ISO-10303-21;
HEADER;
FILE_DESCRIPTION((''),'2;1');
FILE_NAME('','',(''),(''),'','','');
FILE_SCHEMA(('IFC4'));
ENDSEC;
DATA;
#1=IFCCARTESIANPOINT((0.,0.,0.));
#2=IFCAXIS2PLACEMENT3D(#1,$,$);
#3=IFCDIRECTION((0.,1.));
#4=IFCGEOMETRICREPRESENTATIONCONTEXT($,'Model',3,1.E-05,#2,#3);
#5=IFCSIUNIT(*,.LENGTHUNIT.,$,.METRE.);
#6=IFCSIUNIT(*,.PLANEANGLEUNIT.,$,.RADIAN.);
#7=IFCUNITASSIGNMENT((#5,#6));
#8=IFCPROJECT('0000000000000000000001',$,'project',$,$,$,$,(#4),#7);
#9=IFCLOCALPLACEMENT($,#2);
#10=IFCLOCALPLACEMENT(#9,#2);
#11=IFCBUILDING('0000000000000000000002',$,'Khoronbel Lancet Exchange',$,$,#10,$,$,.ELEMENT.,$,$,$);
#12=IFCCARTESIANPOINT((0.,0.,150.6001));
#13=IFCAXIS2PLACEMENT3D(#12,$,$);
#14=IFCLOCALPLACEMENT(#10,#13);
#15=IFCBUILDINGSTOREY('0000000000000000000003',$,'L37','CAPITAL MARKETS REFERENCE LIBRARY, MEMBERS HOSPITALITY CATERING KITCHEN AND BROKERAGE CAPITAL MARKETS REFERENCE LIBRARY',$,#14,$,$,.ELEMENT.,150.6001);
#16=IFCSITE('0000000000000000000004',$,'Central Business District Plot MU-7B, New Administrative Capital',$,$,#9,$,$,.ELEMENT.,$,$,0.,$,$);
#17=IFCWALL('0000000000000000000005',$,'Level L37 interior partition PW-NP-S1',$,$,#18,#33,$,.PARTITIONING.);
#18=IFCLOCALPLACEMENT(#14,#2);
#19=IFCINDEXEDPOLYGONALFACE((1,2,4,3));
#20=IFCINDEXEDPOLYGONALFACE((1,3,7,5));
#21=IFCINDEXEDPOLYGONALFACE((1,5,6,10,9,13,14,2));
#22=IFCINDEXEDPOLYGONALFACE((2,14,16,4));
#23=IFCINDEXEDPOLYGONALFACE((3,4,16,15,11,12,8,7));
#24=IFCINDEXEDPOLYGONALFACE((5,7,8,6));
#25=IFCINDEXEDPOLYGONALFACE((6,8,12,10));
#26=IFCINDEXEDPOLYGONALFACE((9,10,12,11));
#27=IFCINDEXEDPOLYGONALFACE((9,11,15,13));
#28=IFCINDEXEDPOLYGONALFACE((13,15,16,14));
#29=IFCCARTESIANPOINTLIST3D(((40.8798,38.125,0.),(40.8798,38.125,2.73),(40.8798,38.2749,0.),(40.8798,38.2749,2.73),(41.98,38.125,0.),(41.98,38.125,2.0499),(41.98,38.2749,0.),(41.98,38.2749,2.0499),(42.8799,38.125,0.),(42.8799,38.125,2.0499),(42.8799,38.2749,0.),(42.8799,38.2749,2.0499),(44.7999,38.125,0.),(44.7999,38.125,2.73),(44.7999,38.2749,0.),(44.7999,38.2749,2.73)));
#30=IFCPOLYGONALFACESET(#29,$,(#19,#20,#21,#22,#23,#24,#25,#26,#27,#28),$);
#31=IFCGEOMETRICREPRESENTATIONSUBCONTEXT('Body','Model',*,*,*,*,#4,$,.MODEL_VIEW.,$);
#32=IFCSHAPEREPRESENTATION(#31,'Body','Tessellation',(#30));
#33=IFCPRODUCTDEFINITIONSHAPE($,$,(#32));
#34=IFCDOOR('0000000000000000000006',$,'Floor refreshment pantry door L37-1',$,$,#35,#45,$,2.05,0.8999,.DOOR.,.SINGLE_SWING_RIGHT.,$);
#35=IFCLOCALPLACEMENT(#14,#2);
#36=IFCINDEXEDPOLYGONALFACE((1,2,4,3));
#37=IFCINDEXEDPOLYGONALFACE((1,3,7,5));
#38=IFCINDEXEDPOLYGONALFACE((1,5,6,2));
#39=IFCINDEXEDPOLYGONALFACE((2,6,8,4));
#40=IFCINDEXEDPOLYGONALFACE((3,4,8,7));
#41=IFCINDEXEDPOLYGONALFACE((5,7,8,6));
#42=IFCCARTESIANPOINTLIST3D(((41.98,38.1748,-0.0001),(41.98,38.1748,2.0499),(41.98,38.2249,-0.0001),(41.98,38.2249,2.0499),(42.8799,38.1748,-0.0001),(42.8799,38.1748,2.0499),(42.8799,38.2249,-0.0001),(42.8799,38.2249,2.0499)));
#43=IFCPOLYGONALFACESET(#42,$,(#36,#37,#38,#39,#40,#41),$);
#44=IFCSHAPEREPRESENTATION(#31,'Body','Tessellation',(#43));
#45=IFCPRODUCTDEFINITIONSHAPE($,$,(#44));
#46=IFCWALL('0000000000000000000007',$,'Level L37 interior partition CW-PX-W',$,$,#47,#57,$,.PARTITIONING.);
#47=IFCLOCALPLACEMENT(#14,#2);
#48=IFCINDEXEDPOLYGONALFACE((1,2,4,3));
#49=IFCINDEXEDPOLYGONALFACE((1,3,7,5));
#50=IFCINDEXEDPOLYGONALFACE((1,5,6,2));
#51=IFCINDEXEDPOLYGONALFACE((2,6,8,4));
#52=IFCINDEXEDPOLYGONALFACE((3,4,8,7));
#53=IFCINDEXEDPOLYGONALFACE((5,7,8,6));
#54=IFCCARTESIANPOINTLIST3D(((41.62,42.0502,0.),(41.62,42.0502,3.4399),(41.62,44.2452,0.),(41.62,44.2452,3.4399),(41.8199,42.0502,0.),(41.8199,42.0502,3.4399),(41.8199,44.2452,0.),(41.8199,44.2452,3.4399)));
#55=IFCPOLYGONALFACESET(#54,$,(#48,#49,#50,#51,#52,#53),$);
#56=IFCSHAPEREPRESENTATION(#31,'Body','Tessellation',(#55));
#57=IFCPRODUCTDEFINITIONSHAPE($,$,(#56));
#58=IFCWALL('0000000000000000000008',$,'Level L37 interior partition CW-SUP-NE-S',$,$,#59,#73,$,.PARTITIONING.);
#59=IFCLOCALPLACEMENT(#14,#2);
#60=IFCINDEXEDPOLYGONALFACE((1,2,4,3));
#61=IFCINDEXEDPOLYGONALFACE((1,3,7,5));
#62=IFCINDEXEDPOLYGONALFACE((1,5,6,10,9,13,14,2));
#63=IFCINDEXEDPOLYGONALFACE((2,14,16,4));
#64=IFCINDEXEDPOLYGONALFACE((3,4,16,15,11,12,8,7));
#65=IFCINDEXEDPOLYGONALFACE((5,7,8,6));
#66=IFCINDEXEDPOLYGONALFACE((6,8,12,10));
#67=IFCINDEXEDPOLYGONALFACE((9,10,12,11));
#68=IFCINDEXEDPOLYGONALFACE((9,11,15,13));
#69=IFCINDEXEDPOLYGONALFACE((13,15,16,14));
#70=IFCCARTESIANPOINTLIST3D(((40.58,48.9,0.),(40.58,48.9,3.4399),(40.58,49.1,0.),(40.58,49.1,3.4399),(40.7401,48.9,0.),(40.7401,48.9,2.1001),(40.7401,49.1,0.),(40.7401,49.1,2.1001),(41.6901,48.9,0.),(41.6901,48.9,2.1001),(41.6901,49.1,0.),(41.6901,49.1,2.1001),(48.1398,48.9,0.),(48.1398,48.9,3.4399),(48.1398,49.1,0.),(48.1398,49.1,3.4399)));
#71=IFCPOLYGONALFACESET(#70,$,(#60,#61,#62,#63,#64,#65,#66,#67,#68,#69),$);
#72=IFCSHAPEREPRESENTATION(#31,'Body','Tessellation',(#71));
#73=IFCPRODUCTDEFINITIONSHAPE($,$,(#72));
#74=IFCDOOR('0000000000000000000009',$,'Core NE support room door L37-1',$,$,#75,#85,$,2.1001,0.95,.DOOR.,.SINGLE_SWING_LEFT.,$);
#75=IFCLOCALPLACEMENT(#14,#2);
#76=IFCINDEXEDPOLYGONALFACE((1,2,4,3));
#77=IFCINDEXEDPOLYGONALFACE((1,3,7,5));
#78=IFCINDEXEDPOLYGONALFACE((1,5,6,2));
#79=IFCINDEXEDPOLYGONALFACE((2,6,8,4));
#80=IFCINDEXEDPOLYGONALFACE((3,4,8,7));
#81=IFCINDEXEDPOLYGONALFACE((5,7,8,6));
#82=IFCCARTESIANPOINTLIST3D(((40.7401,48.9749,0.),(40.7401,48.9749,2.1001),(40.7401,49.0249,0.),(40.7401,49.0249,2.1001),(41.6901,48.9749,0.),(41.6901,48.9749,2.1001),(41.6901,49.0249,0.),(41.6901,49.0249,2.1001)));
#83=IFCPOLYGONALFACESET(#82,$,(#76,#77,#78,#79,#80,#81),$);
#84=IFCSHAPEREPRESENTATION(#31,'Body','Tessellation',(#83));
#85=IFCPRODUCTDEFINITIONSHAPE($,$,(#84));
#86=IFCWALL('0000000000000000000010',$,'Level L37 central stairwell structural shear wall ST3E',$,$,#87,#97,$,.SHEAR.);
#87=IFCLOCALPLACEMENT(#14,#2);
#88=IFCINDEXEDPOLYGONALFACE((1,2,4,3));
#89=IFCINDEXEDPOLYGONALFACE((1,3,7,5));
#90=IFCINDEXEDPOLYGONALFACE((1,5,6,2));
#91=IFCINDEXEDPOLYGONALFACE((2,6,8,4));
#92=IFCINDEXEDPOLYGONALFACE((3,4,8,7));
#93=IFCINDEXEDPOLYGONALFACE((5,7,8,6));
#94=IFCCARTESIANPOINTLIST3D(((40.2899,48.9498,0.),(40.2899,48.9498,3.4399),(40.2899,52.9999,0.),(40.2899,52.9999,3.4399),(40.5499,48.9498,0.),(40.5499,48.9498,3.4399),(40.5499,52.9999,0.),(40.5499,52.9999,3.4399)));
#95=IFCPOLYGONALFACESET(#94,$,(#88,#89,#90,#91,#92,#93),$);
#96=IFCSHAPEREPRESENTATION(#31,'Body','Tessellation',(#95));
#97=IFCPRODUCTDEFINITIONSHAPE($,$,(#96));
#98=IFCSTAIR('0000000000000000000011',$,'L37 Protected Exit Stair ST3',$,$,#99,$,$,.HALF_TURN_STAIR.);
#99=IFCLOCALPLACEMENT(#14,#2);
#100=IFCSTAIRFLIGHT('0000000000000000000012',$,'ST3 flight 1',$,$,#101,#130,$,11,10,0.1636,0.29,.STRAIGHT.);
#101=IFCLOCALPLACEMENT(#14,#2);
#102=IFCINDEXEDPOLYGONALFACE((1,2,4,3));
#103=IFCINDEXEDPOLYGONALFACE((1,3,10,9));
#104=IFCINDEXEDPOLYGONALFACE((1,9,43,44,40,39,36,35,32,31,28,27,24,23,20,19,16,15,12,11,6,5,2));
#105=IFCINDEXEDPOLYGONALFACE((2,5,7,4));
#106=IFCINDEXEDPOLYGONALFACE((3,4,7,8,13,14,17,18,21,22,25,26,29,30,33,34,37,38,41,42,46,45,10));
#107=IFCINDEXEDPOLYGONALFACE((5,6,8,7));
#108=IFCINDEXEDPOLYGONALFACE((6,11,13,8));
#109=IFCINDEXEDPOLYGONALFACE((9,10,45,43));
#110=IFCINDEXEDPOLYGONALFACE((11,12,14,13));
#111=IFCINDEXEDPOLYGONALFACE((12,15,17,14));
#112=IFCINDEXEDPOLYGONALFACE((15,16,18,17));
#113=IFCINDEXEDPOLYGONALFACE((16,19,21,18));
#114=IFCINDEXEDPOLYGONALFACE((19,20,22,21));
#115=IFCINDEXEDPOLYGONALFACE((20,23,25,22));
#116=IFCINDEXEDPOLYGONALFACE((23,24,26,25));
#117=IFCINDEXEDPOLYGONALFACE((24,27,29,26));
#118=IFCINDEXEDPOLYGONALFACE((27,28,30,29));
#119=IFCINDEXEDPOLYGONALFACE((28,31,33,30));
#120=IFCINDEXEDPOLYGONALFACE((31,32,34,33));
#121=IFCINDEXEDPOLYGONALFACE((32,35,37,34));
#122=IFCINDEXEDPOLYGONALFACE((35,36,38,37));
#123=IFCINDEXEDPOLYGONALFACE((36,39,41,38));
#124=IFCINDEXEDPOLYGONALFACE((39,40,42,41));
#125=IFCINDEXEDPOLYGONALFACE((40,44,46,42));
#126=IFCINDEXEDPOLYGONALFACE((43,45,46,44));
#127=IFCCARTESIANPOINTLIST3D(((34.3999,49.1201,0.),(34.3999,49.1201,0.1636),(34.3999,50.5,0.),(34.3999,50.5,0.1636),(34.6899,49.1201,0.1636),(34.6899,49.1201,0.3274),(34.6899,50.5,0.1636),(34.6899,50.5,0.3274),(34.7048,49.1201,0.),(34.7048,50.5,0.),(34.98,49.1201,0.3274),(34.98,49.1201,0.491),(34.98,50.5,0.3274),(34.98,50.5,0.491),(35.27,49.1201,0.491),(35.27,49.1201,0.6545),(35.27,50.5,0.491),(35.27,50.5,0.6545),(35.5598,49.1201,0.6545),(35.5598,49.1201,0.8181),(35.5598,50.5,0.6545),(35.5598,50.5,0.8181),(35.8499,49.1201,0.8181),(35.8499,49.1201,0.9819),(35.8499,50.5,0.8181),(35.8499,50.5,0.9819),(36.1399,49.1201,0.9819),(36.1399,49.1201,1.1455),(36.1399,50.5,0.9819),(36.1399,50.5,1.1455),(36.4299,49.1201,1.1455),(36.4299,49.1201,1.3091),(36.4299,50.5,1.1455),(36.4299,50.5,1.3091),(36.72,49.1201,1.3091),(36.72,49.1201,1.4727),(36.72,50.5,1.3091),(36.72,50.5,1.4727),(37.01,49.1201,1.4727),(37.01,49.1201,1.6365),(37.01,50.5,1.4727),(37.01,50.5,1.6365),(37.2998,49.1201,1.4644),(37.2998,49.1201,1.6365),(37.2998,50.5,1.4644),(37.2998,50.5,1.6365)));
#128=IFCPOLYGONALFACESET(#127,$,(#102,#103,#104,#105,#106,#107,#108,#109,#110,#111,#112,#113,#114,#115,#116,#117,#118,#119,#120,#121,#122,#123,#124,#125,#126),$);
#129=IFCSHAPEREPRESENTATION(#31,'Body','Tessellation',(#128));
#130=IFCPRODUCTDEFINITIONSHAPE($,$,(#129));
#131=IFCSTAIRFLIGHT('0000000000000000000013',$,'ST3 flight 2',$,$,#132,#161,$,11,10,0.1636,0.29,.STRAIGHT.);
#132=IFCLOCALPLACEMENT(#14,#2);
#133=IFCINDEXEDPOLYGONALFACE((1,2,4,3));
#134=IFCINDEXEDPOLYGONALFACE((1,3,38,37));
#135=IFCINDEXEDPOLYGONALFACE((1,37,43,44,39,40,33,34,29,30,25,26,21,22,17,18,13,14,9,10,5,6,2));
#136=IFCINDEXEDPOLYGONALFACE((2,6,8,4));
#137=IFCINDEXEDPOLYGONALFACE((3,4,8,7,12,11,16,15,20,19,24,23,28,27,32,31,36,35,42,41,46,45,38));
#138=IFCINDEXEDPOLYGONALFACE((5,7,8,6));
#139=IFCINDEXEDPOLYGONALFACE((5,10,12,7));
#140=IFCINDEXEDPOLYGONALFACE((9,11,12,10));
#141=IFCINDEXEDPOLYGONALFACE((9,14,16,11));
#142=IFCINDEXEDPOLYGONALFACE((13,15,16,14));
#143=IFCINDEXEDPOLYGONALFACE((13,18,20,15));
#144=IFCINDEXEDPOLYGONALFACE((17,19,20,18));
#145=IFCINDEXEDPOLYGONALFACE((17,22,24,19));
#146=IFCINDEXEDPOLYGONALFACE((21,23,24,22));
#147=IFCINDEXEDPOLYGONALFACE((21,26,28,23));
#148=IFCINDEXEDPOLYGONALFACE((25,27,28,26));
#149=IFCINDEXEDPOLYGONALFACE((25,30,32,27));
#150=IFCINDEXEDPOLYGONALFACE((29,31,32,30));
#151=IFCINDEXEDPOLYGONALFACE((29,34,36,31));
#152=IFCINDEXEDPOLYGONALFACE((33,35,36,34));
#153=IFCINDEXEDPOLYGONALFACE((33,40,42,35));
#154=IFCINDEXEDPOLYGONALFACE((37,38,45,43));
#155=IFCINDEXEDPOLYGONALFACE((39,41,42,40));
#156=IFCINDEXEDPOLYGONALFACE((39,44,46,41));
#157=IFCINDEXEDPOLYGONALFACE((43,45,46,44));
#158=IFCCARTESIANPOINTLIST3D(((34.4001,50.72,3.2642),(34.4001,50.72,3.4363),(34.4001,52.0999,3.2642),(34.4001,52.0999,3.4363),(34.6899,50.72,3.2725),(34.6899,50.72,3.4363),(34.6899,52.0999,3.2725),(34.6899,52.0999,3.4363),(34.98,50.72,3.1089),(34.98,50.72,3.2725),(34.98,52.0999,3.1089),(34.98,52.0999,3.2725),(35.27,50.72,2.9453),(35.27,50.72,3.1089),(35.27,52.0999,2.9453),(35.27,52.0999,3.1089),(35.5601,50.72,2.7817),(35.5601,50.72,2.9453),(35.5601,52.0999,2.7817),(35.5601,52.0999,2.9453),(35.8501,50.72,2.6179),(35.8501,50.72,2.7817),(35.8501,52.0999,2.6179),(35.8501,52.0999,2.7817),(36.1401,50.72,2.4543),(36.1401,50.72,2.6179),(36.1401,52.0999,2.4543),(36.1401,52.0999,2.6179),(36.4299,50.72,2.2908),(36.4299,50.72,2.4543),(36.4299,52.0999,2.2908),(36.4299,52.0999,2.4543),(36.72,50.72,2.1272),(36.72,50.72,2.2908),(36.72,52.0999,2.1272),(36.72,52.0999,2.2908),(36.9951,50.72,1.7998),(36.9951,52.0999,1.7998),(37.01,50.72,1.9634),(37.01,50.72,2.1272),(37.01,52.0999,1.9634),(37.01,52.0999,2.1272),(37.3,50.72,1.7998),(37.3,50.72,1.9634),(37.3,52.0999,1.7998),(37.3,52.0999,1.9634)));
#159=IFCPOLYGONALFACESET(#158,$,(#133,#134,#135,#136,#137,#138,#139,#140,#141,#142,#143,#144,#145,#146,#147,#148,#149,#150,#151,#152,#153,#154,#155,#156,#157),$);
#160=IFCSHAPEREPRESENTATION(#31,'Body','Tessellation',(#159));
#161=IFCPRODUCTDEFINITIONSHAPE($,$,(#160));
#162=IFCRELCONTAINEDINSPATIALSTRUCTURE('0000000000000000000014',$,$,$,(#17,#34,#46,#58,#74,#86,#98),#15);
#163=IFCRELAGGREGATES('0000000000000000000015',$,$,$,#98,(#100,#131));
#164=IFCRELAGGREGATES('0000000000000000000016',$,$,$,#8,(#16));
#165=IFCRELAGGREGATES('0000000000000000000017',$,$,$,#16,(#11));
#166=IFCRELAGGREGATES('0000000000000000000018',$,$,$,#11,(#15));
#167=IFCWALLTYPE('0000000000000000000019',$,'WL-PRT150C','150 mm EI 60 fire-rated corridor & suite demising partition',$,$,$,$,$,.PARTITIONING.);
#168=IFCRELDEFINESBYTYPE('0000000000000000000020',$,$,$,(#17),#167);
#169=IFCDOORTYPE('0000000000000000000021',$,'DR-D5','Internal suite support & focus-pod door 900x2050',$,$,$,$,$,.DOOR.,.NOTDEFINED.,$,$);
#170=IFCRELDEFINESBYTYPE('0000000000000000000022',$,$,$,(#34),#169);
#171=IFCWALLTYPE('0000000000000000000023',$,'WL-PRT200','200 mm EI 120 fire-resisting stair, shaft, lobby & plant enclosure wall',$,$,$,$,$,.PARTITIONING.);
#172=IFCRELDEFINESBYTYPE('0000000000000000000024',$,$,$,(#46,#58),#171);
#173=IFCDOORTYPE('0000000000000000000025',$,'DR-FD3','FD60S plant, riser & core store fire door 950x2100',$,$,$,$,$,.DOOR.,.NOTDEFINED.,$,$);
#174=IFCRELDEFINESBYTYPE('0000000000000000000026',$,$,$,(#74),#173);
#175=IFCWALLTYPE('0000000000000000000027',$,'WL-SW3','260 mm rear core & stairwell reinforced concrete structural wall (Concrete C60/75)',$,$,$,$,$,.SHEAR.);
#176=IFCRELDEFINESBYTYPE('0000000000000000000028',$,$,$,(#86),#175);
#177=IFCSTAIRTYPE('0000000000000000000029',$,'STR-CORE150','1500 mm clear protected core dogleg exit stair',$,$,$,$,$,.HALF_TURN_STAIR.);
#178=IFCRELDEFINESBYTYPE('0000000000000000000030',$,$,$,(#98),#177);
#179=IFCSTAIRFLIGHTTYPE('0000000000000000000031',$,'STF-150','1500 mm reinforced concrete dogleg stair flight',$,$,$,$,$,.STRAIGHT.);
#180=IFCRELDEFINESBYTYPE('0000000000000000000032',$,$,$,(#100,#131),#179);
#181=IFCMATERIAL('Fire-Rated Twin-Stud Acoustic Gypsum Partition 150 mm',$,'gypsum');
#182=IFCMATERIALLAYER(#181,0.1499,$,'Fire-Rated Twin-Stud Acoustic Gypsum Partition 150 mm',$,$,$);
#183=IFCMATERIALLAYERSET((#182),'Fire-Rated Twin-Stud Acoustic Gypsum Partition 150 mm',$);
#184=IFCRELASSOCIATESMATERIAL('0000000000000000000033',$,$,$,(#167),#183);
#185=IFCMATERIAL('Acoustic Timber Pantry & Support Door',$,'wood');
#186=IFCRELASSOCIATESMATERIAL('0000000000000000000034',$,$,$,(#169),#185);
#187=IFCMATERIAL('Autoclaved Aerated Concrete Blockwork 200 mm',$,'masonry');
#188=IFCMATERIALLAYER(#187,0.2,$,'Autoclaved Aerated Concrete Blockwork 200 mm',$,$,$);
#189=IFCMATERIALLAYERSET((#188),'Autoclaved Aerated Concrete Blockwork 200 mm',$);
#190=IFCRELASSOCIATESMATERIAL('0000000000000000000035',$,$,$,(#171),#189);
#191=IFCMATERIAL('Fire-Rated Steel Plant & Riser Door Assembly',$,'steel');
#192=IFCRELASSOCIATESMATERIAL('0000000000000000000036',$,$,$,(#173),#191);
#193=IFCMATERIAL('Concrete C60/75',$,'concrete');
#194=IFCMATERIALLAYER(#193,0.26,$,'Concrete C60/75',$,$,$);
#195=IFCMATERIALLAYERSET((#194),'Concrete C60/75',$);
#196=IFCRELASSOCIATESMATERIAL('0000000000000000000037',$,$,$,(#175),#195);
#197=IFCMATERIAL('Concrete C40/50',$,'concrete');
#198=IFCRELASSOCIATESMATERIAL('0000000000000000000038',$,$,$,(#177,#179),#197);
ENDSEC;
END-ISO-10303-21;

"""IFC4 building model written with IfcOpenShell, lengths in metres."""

from ifc_helpers import new_model, si_unit, direction, frame, frame_2d, origin, place, context, subcontext, project, spatial, polyline, rectangle, outline, extrude, material, layer, layer_set, type_object, element, fill, aggregate, save


model = new_model("IFC4")

# Units and contexts
model_context = context("Model", 3, precision=1e-05, world=origin(), true_north=direction((0.0, 1.0)))
body_context = subcontext(model_context, "Body", "Model", "MODEL_VIEW")
ifc_project = project(units=[si_unit("LENGTHUNIT", "METRE"), si_unit("PLANEANGLEUNIT", "RADIAN")], contexts=[model_context])

# Site, building, storey
site_placement = place(None, origin())
site = spatial("IfcSite", under=ifc_project, at=site_placement, Name="Central Business District Plot MU-7B, New Administrative Capital", CompositionType="ELEMENT", RefElevation=0.0)
building_placement = place(site_placement, origin())
building = spatial("IfcBuilding", under=site, at=building_placement, Name="Khoronbel Lancet Exchange", CompositionType="ELEMENT")
storey_placement = place(building_placement, frame((0.0, 0.0, 150.6001)))
storey = spatial("IfcBuildingStorey", under=building, at=storey_placement, Name="L37", Description="CAPITAL MARKETS REFERENCE LIBRARY, MEMBERS HOSPITALITY CATERING KITCHEN AND BROKERAGE CAPITAL MARKETS REFERENCE LIBRARY", CompositionType="ELEMENT", Elevation=150.6001)

# Wall, opening, door
ifc_material_1 = material(Name="Fire-Rated Twin-Stud Acoustic Gypsum Partition 150 mm", Category="gypsum")
ifc_layer_1 = layer(ifc_material_1, 0.1499, Name="Fire-Rated Twin-Stud Acoustic Gypsum Partition 150 mm")
ifc_layer_set_1 = layer_set([ifc_layer_1], Name="Fire-Rated Twin-Stud Acoustic Gypsum Partition 150 mm")
wall_type_1 = type_object("IfcWallType", Name="WL-PRT150C", Description="150 mm EI 60 fire-rated corridor & suite demising partition", PredefinedType="PARTITIONING", material=ifc_layer_set_1)
wall_1_placement = place(storey_placement, frame((40.8799, 38.2, 0.0), z_axis=(0.0, 0.0, 1.0), x_axis=(1.0, 0.0, 0.0)))
wall_1 = element("IfcWall", 1, at=wall_1_placement, inside=storey, type_object=wall_type_1, Name="Level L37 interior partition PW-NP-S1", PredefinedType="PARTITIONING", context=body_context, shape_type="SweptSolid", body=[
    extrude(rectangle(XDim=3.9202, YDim=0.1499, at=frame_2d((1.96, 0.0))), origin(), (0.0, 0.0, 1.0), 2.73),
])
opening_1_placement = place(wall_1_placement, frame((1.1001, 0.0, 0.0)))
opening_1 = element("IfcOpeningElement", 2, at=opening_1_placement, cuts=wall_1, PredefinedType="OPENING", context=body_context, shape_type="SweptSolid", body=[
    extrude(rectangle(XDim=0.8999, YDim=2.05, at=frame_2d((0.45, 1.0249))), frame((0.0, 0.085, 0.0), z_axis=(0.0, -1.0, 0.0), x_axis=(1.0, 0.0, 0.0)), (0.0, 0.0, 1.0), 0.1699),
])
ifc_material_2 = material(Name="Acoustic Timber Pantry & Support Door", Category="wood")
door_type_1 = type_object("IfcDoorType", Name="DR-D5", Description="Internal suite support & focus-pod door 900x2050", OperationType="NOTDEFINED", PredefinedType="DOOR", material=ifc_material_2)
door_1_placement = place(opening_1_placement, origin())
door_1 = element("IfcDoor", 3, at=door_1_placement, inside=storey, type_object=door_type_1, Name="Floor refreshment pantry door L37-1", OperationType="SINGLE_SWING_RIGHT", OverallHeight=2.05, OverallWidth=0.8999, PredefinedType="DOOR", context=body_context, shape_type="SweptSolid", body=[
    extrude(rectangle(XDim=0.8999, YDim=2.05, at=frame_2d((0.45, 1.0249))), frame((0.0, 0.0249, 0.0), z_axis=(0.0, -1.0, 0.0), x_axis=(1.0, 0.0, 0.0)), (0.0, 0.0, 1.0), 0.05),
])
fill(opening_1, door_1)

# Wall
ifc_material_3 = material(Name="Autoclaved Aerated Concrete Blockwork 200 mm", Category="masonry")
ifc_layer_2 = layer(ifc_material_3, 0.2, Name="Autoclaved Aerated Concrete Blockwork 200 mm")
ifc_layer_set_2 = layer_set([ifc_layer_2], Name="Autoclaved Aerated Concrete Blockwork 200 mm")
wall_type_2 = type_object("IfcWallType", Name="WL-PRT200", Description="200 mm EI 120 fire-resisting stair, shaft, lobby & plant enclosure wall", PredefinedType="PARTITIONING", material=ifc_layer_set_2)
wall_2_placement = place(storey_placement, frame((41.72, 42.05, 0.0), z_axis=(0.0, 0.0, 1.0), x_axis=(0.0, 1.0, 0.0)))
element("IfcWall", 4, at=wall_2_placement, inside=storey, type_object=wall_type_2, Name="Level L37 interior partition CW-PX-W", PredefinedType="PARTITIONING", context=body_context, shape_type="SweptSolid", body=[
    extrude(rectangle(XDim=2.1951, YDim=0.2, at=frame_2d((1.0977, 0.0))), origin(), (0.0, 0.0, 1.0), 3.4399),
])

# Wall, opening, door
wall_3_placement = place(storey_placement, frame((40.5801, 49.0, 0.0), z_axis=(0.0, 0.0, 1.0), x_axis=(1.0, 0.0, 0.0)))
wall_3 = element("IfcWall", 5, at=wall_3_placement, inside=storey, type_object=wall_type_2, Name="Level L37 interior partition CW-SUP-NE-S", PredefinedType="PARTITIONING", context=body_context, shape_type="SweptSolid", body=[
    extrude(rectangle(XDim=7.5598, YDim=0.2, at=frame_2d((3.7798, 0.0))), origin(), (0.0, 0.0, 1.0), 3.4399),
])
opening_2_placement = place(wall_3_placement, frame((0.1599, 0.0, 0.0)))
opening_2 = element("IfcOpeningElement", 6, at=opening_2_placement, cuts=wall_3, PredefinedType="OPENING", context=body_context, shape_type="SweptSolid", body=[
    extrude(rectangle(XDim=0.95, YDim=2.1001, at=frame_2d((0.4751, 1.05))), frame((0.0, 0.1099, 0.0), z_axis=(0.0, -1.0, 0.0), x_axis=(1.0, 0.0, 0.0)), (0.0, 0.0, 1.0), 0.22),
])
ifc_material_4 = material(Name="Fire-Rated Steel Plant & Riser Door Assembly", Category="steel")
door_type_2 = type_object("IfcDoorType", Name="DR-FD3", Description="FD60S plant, riser & core store fire door 950x2100", OperationType="NOTDEFINED", PredefinedType="DOOR", material=ifc_material_4)
door_2_placement = place(opening_2_placement, origin())
door_2 = element("IfcDoor", 7, at=door_2_placement, inside=storey, type_object=door_type_2, Name="Core NE support room door L37-1", OperationType="SINGLE_SWING_LEFT", OverallHeight=2.1001, OverallWidth=0.95, PredefinedType="DOOR", context=body_context, shape_type="SweptSolid", body=[
    extrude(rectangle(XDim=0.95, YDim=2.1001, at=frame_2d((0.4751, 1.05))), frame((0.0, 0.0249, 0.0), z_axis=(0.0, -1.0, 0.0), x_axis=(1.0, 0.0, 0.0)), (0.0, 0.0, 1.0), 0.05),
])
fill(opening_2, door_2)

# Wall
ifc_material_5 = material(Name="Concrete C60/75", Category="concrete")
ifc_layer_3 = layer(ifc_material_5, 0.26, Name="Concrete C60/75")
ifc_layer_set_3 = layer_set([ifc_layer_3], Name="Concrete C60/75")
wall_type_3 = type_object("IfcWallType", Name="WL-SW3", Description="260 mm rear core & stairwell reinforced concrete structural wall (Concrete C60/75)", PredefinedType="SHEAR", material=ifc_layer_set_3)
wall_4_placement = place(storey_placement, frame((40.4199, 48.95, 0.0), z_axis=(0.0, 0.0, 1.0), x_axis=(0.0, 1.0, 0.0)))
element("IfcWall", 8, at=wall_4_placement, inside=storey, type_object=wall_type_3, Name="Level L37 central stairwell structural shear wall ST3E", PredefinedType="SHEAR", context=body_context, shape_type="SweptSolid", body=[
    extrude(rectangle(XDim=4.05, YDim=0.26, at=frame_2d((2.0249, 0.0))), origin(), (0.0, 0.0, 1.0), 3.4399),
])

# Stair, stair flights
ifc_material_6 = material(Name="Concrete C40/50", Category="concrete")
stair_type = type_object("IfcStairType", Name="STR-CORE150", Description="1500 mm clear protected core dogleg exit stair", PredefinedType="HALF_TURN_STAIR", material=ifc_material_6)
stair_placement = place(storey_placement, origin())
stair = element("IfcStair", 9, at=stair_placement, inside=storey, type_object=stair_type, Name="L37 Protected Exit Stair ST3", PredefinedType="HALF_TURN_STAIR")
stair_flight_type = type_object("IfcStairFlightType", Name="STF-150", Description="1500 mm reinforced concrete dogleg stair flight", PredefinedType="STRAIGHT", material=ifc_material_6)
stair_flight_1_placement = place(storey_placement, frame((34.3999, 49.8101, 0.0), z_axis=(0.0, 0.0, 1.0), x_axis=(1.0, 0.0, 0.0)))
stair_flight_1 = element("IfcStairFlight", 10, at=stair_flight_1_placement, type_object=stair_flight_type, Name="ST3 flight 1", NumberOfRisers=11, NumberOfTreads=10, PredefinedType="STRAIGHT", RiserHeight=0.1636, TreadLength=0.29, context=body_context, shape_type="SweptSolid", body=[
    extrude(outline(polyline([(0.0, 0.0), (0.0, 0.1636), (0.29, 0.1636), (0.29, 0.3274), (0.5801, 0.3274), (0.5801, 0.491), (0.8701, 0.491), (0.8701, 0.6545), (1.1599, 0.6545), (1.1599, 0.8181), (1.45, 0.8181), (1.45, 0.9819), (1.74, 0.9819), (1.74, 1.1455), (2.03, 1.1455), (2.03, 1.3091), (2.3201, 1.3091), (2.3201, 1.4727), (2.6101, 1.4727), (2.6101, 1.6365), (2.8999, 1.6365), (2.8999, 1.8), (2.8999, 1.4644), (0.3049, 0.0), (0.0, 0.0)])), frame((0.0, 0.6899, 0.0), z_axis=(0.0, -1.0, 0.0), x_axis=(1.0, 0.0, 0.0)), (0.0, 0.0, 1.0), 1.3799),
])
stair_flight_2_placement = place(storey_placement, frame((37.3, 51.4099, 1.7998), z_axis=(0.0, 0.0, 1.0), x_axis=(-1.0, 0.0, 0.0)))
stair_flight_2 = element("IfcStairFlight", 11, at=stair_flight_2_placement, type_object=stair_flight_type, Name="ST3 flight 2", NumberOfRisers=11, NumberOfTreads=10, PredefinedType="STRAIGHT", RiserHeight=0.1636, TreadLength=0.29, context=body_context, shape_type="SweptSolid", body=[
    extrude(outline(polyline([(0.0, 0.0), (0.0, 0.1636), (0.29, 0.1636), (0.29, 0.3274), (0.5801, 0.3274), (0.5801, 0.491), (0.8701, 0.491), (0.8701, 0.6545), (1.1599, 0.6545), (1.1599, 0.8181), (1.45, 0.8181), (1.45, 0.9819), (1.74, 0.9819), (1.74, 1.1455), (2.03, 1.1455), (2.03, 1.3091), (2.3201, 1.3091), (2.3201, 1.4727), (2.6101, 1.4727), (2.6101, 1.6365), (2.8999, 1.6365), (2.8999, 1.8), (2.8999, 1.4644), (0.3049, 0.0), (0.0, 0.0)])), frame((0.0, 0.6899, 0.0), z_axis=(0.0, -1.0, 0.0), x_axis=(1.0, 0.0, 0.0)), (0.0, 0.0, 1.0), 1.3799),
])
aggregate(stair, [stair_flight_1, stair_flight_2])

save(model, "model.ifc")
